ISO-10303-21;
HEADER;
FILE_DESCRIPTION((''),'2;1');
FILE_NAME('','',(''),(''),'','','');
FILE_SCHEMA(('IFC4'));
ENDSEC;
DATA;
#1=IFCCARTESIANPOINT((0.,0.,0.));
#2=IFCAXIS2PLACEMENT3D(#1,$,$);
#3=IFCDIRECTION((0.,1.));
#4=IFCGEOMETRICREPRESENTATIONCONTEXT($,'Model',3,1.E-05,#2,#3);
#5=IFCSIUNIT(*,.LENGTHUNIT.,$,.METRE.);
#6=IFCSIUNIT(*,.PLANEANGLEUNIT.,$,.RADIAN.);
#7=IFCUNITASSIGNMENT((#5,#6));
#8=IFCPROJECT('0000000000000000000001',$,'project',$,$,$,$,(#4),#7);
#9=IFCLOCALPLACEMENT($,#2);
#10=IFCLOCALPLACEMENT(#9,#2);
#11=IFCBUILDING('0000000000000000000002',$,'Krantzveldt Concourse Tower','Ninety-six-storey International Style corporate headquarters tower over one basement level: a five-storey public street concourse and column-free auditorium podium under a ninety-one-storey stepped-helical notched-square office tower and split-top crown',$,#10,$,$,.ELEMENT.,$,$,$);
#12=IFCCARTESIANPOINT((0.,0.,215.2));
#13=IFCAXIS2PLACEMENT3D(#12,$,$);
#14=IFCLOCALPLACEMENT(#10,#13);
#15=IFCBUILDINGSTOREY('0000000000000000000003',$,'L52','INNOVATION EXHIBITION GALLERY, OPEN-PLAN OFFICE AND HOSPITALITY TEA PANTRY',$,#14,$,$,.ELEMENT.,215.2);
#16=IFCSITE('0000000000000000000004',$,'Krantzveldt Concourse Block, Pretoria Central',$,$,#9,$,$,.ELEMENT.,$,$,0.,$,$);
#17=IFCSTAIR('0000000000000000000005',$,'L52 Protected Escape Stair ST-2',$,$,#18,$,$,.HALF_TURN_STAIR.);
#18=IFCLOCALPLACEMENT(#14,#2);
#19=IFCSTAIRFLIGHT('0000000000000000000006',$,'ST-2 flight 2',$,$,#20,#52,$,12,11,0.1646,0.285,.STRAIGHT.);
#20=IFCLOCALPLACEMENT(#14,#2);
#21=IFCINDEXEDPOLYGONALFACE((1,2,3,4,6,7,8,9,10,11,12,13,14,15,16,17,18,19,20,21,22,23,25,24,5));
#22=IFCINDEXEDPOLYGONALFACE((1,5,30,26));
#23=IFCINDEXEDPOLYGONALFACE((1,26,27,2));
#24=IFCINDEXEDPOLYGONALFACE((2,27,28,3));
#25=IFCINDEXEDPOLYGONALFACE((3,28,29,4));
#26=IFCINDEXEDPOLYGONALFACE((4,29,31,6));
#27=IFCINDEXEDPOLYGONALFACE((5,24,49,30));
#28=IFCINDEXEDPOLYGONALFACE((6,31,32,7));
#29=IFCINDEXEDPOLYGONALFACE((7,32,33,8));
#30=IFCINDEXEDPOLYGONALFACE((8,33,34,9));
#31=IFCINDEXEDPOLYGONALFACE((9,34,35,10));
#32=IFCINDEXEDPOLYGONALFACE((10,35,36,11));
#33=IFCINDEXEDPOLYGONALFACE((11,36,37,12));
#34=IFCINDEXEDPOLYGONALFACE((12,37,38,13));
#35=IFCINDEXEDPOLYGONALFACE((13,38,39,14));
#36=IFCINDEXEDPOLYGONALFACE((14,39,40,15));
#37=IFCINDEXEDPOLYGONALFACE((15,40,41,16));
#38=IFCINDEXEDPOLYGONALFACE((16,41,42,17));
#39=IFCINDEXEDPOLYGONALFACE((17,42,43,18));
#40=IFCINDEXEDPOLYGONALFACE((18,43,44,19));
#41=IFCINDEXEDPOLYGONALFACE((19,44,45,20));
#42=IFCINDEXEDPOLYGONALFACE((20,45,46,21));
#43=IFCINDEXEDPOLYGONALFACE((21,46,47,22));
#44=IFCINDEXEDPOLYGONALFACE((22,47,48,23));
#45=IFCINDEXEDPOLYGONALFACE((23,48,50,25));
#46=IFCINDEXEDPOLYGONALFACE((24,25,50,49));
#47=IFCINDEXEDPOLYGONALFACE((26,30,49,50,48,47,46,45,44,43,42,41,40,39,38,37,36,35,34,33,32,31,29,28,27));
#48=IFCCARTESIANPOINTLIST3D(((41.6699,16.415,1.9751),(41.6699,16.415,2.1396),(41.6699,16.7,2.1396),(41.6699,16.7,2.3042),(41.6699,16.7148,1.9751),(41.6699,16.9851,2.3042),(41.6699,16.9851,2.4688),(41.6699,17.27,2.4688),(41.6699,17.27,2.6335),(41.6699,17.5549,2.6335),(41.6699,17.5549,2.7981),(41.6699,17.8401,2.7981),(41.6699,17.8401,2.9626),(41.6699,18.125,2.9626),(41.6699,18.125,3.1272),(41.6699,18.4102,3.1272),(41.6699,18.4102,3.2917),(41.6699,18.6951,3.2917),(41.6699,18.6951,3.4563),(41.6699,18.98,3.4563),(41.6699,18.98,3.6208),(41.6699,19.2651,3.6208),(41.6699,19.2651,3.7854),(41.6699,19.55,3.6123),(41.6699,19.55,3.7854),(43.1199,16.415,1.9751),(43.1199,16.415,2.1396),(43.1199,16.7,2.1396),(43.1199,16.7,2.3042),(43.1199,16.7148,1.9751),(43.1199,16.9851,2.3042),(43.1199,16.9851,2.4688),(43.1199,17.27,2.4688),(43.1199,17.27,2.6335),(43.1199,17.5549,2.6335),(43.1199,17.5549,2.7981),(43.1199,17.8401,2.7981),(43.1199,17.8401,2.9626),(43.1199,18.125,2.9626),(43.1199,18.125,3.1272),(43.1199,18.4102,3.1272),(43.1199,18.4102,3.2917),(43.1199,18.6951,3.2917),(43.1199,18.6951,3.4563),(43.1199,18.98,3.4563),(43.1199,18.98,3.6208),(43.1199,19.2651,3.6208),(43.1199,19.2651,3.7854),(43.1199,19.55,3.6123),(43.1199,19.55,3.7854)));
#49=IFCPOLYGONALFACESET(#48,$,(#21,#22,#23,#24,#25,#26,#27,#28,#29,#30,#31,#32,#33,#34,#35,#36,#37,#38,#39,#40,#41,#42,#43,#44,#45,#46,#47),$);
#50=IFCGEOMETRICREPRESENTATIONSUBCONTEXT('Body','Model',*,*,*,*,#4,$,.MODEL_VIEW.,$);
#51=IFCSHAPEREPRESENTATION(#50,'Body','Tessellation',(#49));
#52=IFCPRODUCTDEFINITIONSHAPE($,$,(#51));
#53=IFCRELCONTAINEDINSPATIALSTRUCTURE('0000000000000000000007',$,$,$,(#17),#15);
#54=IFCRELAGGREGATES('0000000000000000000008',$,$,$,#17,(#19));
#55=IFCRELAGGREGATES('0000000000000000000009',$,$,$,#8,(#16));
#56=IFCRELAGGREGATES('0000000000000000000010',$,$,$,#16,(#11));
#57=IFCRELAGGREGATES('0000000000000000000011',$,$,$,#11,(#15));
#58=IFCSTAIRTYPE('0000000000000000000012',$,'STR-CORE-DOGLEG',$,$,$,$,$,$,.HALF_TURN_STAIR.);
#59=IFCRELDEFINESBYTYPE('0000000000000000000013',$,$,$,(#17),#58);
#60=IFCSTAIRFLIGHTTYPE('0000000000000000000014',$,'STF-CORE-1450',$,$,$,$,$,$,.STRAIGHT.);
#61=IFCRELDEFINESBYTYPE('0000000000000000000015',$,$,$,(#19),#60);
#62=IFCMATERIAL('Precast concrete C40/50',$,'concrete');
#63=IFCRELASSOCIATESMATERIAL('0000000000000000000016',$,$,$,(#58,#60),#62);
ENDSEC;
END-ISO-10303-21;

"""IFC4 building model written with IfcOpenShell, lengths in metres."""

from ifc_helpers import new_model, si_unit, direction, frame, origin, place, context, subcontext, project, spatial, polyline, outline, extrude, material, type_object, element, aggregate, save


model = new_model("IFC4")

# Units and contexts
model_context = context("Model", 3, precision=1e-05, world=origin(), true_north=direction((0.0, 1.0)))
body_context = subcontext(model_context, "Body", "Model", "MODEL_VIEW")
ifc_project = project(units=[si_unit("LENGTHUNIT", "METRE"), si_unit("PLANEANGLEUNIT", "RADIAN")], contexts=[model_context])

# Site, building, storey
site_placement = place(None, origin())
site = spatial("IfcSite", under=ifc_project, at=site_placement, Name="Krantzveldt Concourse Block, Pretoria Central", CompositionType="ELEMENT", RefElevation=0.0)
building_placement = place(site_placement, origin())
building = spatial("IfcBuilding", under=site, at=building_placement, Name="Krantzveldt Concourse Tower", Description="Ninety-six-storey International Style corporate headquarters tower over one basement level: a five-storey public street concourse and column-free auditorium podium under a ninety-one-storey stepped-helical notched-square office tower and split-top crown", CompositionType="ELEMENT")
storey_placement = place(building_placement, frame((0.0, 0.0, 215.2)))
storey = spatial("IfcBuildingStorey", under=building, at=storey_placement, Name="L52", Description="INNOVATION EXHIBITION GALLERY, OPEN-PLAN OFFICE AND HOSPITALITY TEA PANTRY", CompositionType="ELEMENT", Elevation=215.2)

# Stair, stair flight
ifc_material_1 = material(Name="Precast concrete C40/50", Category="concrete")
stair_type = type_object("IfcStairType", Name="STR-CORE-DOGLEG", PredefinedType="HALF_TURN_STAIR", material=ifc_material_1)
stair_placement = place(storey_placement, origin())
stair = element("IfcStair", 1, at=stair_placement, inside=storey, type_object=stair_type, Name="L52 Protected Escape Stair ST-2", PredefinedType="HALF_TURN_STAIR")
stair_flight_type = type_object("IfcStairFlightType", Name="STF-CORE-1450", PredefinedType="STRAIGHT", material=ifc_material_1)
stair_flight_1_placement = place(storey_placement, frame((42.395, 16.415, 1.9751), z_axis=(0.0, 0.0, 1.0), x_axis=(0.0, 1.0, 0.0)))
stair_flight_1 = element("IfcStairFlight", 2, at=stair_flight_1_placement, type_object=stair_flight_type, Name="ST-2 flight 2", NumberOfRisers=12, NumberOfTreads=11, PredefinedType="STRAIGHT", RiserHeight=0.1646, TreadLength=0.285, context=body_context, shape_type="SweptSolid", body=[
    extrude(outline(polyline([(0.0, 0.0), (0.0, 0.1646), (0.2849, 0.1646), (0.2849, 0.3291), (0.5701, 0.3291), (0.5701, 0.4937), (0.855, 0.4937), (0.855, 0.6584), (1.1399, 0.6584), (1.1399, 0.823), (1.425, 0.823), (1.425, 0.9875), (1.71, 0.9875), (1.71, 1.1521), (1.9951, 1.1521), (1.9951, 1.3167), (2.28, 1.3167), (2.28, 1.4812), (2.5649, 1.4812), (2.5649, 1.6458), (2.8501, 1.6458), (2.8501, 1.8103), (3.135, 1.8103), (3.135, 1.9751), (3.135, 1.6372), (0.2998, 0.0), (0.0, 0.0)])), frame((0.0, 0.7251, 0.0), z_axis=(0.0, -1.0, 0.0), x_axis=(1.0, 0.0, 0.0)), (0.0, 0.0, 1.0), 1.45),
])
aggregate(stair, [stair_flight_1])

save(model, "model.ifc")
